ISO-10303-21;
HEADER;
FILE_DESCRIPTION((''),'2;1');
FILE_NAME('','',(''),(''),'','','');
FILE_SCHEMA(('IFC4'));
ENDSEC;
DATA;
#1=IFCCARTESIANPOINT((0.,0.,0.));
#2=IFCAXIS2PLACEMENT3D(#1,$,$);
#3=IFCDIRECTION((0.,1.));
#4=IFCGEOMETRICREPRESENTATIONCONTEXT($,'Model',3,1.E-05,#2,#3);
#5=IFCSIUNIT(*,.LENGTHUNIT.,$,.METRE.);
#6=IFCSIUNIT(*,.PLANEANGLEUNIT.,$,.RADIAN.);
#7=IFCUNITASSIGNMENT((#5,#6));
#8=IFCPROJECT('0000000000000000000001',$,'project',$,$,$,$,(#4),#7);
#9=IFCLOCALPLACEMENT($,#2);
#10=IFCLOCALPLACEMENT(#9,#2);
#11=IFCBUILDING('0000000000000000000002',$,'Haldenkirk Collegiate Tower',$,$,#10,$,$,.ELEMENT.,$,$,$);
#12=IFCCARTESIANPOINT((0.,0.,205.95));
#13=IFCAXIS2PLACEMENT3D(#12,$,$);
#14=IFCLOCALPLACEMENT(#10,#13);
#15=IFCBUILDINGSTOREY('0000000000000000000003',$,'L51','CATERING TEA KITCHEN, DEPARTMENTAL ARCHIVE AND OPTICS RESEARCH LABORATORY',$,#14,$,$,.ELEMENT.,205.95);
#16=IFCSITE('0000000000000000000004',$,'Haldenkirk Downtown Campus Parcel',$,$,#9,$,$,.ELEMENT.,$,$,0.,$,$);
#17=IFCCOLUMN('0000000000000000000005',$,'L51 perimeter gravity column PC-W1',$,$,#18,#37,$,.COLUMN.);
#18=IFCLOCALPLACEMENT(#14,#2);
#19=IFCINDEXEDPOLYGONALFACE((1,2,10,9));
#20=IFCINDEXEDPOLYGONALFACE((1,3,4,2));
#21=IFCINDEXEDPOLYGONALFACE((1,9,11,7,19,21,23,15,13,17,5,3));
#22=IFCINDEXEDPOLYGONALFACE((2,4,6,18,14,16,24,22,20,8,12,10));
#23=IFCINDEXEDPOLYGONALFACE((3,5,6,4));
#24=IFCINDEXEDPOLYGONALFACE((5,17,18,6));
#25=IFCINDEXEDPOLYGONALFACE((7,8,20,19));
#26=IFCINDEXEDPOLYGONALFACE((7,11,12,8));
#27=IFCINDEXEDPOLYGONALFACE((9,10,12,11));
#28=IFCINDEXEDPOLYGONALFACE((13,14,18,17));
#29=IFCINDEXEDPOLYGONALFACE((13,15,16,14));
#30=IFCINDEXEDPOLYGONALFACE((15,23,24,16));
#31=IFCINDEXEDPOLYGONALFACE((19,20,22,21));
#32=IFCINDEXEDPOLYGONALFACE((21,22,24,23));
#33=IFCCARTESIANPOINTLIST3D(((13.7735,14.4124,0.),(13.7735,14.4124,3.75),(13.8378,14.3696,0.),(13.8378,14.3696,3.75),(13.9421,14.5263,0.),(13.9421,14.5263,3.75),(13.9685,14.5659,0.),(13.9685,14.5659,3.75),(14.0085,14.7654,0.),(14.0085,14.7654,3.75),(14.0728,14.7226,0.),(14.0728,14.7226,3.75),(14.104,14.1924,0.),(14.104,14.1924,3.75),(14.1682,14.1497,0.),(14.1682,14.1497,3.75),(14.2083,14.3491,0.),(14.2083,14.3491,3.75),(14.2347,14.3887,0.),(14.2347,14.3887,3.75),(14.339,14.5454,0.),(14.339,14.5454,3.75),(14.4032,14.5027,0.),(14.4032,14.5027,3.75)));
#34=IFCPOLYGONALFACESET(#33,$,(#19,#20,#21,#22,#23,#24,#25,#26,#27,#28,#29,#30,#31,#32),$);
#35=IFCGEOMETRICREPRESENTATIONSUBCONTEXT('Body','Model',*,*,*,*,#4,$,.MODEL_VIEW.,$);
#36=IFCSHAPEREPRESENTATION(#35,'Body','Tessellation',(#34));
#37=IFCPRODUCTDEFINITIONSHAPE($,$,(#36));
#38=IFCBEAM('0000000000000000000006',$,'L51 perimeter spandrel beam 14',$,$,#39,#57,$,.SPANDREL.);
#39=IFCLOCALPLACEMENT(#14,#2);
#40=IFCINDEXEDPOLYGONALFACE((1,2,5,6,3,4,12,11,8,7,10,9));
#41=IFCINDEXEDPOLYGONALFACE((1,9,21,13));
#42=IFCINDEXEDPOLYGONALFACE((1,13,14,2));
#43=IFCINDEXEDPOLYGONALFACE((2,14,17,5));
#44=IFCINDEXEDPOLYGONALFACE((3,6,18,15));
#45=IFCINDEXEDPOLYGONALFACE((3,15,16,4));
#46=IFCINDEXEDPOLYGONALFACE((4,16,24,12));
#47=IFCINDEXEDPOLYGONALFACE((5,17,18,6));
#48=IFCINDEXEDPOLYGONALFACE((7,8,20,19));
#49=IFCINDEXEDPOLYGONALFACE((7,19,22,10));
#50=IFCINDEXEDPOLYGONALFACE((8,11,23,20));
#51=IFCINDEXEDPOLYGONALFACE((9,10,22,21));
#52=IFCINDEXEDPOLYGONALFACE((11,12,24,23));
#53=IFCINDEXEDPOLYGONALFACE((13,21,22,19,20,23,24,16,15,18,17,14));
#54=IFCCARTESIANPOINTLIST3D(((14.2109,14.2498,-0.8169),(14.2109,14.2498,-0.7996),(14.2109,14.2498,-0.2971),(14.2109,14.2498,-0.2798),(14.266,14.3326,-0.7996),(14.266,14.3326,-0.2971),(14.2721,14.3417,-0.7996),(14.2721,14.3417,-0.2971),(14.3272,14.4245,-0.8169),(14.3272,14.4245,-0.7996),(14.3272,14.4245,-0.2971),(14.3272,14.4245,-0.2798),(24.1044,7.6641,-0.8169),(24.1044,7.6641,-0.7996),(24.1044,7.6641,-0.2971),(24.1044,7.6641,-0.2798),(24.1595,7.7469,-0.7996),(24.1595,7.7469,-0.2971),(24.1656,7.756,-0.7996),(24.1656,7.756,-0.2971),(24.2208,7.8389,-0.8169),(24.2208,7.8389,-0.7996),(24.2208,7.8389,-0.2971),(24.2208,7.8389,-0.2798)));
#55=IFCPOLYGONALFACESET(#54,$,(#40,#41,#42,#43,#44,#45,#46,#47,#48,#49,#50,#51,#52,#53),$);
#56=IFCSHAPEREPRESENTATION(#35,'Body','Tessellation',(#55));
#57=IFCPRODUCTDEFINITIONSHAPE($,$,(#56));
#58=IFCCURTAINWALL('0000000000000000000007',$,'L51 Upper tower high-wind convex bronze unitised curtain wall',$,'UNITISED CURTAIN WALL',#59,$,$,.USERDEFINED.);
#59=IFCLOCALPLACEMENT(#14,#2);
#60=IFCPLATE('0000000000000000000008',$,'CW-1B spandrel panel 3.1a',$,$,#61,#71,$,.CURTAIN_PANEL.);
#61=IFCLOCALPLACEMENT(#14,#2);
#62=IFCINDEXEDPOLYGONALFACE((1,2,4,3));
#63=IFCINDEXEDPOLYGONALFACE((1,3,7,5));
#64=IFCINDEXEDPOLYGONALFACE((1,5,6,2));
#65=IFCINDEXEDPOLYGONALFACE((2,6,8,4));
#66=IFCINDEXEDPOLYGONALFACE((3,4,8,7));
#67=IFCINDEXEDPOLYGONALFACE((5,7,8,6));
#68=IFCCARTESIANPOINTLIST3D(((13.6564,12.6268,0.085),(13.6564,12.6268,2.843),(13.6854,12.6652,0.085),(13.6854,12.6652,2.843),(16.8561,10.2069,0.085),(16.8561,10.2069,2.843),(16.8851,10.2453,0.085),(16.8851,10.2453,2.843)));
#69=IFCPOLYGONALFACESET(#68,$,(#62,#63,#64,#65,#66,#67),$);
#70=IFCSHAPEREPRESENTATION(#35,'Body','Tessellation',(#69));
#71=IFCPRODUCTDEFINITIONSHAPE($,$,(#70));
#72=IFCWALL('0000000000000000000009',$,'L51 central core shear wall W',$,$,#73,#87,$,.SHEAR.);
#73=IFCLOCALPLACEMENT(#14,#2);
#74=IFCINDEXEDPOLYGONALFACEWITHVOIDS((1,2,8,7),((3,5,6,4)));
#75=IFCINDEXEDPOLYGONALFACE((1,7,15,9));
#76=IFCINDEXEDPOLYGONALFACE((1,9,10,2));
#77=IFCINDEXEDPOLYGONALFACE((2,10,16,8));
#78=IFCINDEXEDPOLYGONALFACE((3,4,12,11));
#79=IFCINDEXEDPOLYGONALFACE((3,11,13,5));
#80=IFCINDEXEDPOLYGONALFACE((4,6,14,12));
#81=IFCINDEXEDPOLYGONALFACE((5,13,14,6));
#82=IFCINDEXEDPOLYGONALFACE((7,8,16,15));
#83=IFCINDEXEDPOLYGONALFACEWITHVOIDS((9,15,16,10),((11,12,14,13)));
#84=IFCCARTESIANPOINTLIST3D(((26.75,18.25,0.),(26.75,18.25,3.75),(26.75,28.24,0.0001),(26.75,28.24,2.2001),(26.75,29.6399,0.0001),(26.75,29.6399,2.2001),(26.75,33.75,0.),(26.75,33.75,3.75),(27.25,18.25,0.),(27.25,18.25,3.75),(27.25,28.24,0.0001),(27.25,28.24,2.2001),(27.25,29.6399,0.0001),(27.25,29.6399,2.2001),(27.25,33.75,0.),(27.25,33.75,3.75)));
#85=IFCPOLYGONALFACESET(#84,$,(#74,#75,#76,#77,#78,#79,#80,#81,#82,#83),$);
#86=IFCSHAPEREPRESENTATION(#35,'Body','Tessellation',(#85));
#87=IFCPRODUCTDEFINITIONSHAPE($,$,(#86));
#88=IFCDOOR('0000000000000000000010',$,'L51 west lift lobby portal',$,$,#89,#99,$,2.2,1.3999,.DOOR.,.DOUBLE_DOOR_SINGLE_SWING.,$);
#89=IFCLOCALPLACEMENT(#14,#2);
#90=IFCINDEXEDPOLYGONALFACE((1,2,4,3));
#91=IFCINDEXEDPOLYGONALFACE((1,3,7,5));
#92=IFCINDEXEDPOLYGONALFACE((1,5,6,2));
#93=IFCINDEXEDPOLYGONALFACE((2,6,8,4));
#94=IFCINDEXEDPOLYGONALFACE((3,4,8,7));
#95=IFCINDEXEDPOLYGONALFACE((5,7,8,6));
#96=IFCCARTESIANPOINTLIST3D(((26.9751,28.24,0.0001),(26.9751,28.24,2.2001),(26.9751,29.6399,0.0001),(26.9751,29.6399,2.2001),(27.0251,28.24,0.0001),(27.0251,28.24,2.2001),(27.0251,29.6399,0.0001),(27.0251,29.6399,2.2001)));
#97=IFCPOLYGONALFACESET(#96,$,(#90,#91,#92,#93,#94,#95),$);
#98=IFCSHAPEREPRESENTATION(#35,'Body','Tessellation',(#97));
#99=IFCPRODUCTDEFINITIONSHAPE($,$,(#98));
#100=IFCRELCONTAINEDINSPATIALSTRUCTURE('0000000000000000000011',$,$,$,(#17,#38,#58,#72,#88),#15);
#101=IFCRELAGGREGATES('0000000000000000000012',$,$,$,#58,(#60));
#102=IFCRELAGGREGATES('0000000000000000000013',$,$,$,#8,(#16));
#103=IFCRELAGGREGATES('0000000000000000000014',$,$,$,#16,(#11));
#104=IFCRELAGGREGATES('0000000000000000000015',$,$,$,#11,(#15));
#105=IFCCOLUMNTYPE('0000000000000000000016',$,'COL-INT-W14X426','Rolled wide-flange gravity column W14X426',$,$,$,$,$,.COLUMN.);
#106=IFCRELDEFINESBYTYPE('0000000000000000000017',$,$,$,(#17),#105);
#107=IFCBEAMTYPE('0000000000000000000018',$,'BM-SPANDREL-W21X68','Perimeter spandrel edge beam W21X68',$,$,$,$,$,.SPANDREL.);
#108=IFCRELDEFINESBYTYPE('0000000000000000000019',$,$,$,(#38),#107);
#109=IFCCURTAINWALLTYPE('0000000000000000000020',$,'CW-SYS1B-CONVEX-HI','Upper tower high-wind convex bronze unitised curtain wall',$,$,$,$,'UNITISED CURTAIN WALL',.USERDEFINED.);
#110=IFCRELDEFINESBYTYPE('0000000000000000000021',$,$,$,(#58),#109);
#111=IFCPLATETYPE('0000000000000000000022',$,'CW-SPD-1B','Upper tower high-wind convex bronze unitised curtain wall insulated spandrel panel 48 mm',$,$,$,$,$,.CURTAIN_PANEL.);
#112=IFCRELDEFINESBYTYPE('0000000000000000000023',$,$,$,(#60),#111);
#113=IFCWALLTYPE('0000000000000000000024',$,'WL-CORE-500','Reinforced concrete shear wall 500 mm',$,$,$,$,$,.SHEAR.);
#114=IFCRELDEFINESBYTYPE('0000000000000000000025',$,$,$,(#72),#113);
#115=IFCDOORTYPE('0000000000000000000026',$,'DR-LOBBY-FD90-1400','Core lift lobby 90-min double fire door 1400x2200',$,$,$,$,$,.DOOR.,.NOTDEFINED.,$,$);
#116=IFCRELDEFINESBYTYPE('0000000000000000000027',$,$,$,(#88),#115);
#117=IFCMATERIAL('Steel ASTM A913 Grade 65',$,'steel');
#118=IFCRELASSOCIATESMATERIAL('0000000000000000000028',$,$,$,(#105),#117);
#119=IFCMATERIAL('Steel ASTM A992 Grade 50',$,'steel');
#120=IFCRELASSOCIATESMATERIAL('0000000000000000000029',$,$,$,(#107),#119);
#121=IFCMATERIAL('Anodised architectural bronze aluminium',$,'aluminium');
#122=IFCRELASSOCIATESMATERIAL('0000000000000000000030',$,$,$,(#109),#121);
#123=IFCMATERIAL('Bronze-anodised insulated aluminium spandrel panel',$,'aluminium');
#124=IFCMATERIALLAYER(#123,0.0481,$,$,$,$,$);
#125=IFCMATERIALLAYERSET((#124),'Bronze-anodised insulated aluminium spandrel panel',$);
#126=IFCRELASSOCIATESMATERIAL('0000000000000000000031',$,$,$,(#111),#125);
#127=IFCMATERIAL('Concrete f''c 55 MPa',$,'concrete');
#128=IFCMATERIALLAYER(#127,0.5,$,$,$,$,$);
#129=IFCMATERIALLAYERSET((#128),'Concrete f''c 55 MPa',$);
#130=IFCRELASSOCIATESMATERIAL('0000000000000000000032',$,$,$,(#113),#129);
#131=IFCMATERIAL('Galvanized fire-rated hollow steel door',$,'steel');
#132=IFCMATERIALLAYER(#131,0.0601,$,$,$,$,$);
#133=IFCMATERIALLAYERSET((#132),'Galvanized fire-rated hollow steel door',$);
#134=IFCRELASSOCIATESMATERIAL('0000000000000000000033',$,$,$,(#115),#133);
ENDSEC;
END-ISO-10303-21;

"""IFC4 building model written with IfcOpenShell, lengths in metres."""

from ifc_helpers import new_model, si_unit, direction, frame, frame_2d, origin, origin_2d, place, context, subcontext, project, spatial, rectangle, i_section, extrude, source, transform, mapped, material, layer, layer_set, material_profile, profile_set, type_object, element, fill, aggregate, save


model = new_model("IFC4")

# Units and contexts
model_context = context("Model", 3, precision=1e-05, world=origin(), true_north=direction((0.0, 1.0)))
body_context = subcontext(model_context, "Body", "Model", "MODEL_VIEW")
ifc_project = project(units=[si_unit("LENGTHUNIT", "METRE"), si_unit("PLANEANGLEUNIT", "RADIAN")], contexts=[model_context])

# Site, building, storey
site_placement = place(None, origin())
site = spatial("IfcSite", under=ifc_project, at=site_placement, Name="Haldenkirk Downtown Campus Parcel", CompositionType="ELEMENT", RefElevation=0.0)
building_placement = place(site_placement, origin())
building = spatial("IfcBuilding", under=site, at=building_placement, Name="Haldenkirk Collegiate Tower", CompositionType="ELEMENT")
storey_placement = place(building_placement, frame((0.0, 0.0, 205.95)))
storey = spatial("IfcBuildingStorey", under=building, at=storey_placement, Name="L51", Description="CATERING TEA KITCHEN, DEPARTMENTAL ARCHIVE AND OPTICS RESEARCH LABORATORY", CompositionType="ELEMENT", Elevation=205.95)

# Column
ifc_material_1 = material(Name="Steel ASTM A913 Grade 65", Category="steel")
ifc_material_profile_1 = material_profile(ifc_material_1, i_section(OverallWidth=0.4241, OverallDepth=0.4741, WebThickness=0.0476, FlangeThickness=0.0771, at=origin_2d()), Name="W14X426")
ifc_profile_set_1 = profile_set([ifc_material_profile_1], Name="Steel ASTM A913 Grade 65")
column_type = type_object("IfcColumnType", Name="COL-INT-W14X426", Description="Rolled wide-flange gravity column W14X426", PredefinedType="COLUMN", material=ifc_profile_set_1)
column_placement = place(storey_placement, frame((14.0884, 14.4575, 0.0), z_axis=(0.0, 0.0, 1.0), x_axis=(0.554118, 0.832438, 0.0)))
element("IfcColumn", 1, at=column_placement, inside=storey, type_object=column_type, Name="L51 perimeter gravity column PC-W1", PredefinedType="COLUMN", context=body_context, shape_type="SweptSolid", body=[
    extrude(i_section(OverallWidth=0.4241, OverallDepth=0.4741, WebThickness=0.0476, FlangeThickness=0.0771, at=origin_2d()), origin(), (0.0, 0.0, 1.0), 3.75),
])

# Beam
ifc_material_2 = material(Name="Steel ASTM A992 Grade 50", Category="steel")
ifc_material_profile_2 = material_profile(ifc_material_2, i_section(OverallWidth=0.21, OverallDepth=0.5371, WebThickness=0.011, FlangeThickness=0.0173, at=origin_2d()), Name="W21X68")
ifc_profile_set_2 = profile_set([ifc_material_profile_2], Name="Steel ASTM A992 Grade 50")
beam_type = type_object("IfcBeamType", Name="BM-SPANDREL-W21X68", Description="Perimeter spandrel edge beam W21X68", PredefinedType="SPANDREL", material=ifc_profile_set_2)
beam_placement = place(storey_placement, frame((14.269, 14.3372, -0.5483), z_axis=(0.832439, -0.554117, 0.0), x_axis=(0.554117, 0.832439, 0.0)))
element("IfcBeam", 2, at=beam_placement, inside=storey, type_object=beam_type, Name="L51 perimeter spandrel beam 14", PredefinedType="SPANDREL", context=body_context, shape_type="SweptSolid", body=[
    extrude(i_section(OverallWidth=0.21, OverallDepth=0.5371, WebThickness=0.011, FlangeThickness=0.0173, at=origin_2d()), origin(), (0.0, 0.0, 1.0), 11.885),
])

# Curtain wall, plate
ifc_material_3 = material(Name="Anodised architectural bronze aluminium", Category="aluminium")
curtain_wall_type = type_object("IfcCurtainWallType", Name="CW-SYS1B-CONVEX-HI", Description="Upper tower high-wind convex bronze unitised curtain wall", ElementType="UNITISED CURTAIN WALL", PredefinedType="USERDEFINED", material=ifc_material_3)
curtain_wall_placement = place(storey_placement, origin())
curtain_wall = element("IfcCurtainWall", 3, at=curtain_wall_placement, inside=storey, type_object=curtain_wall_type, Name="L51 Upper tower high-wind convex bronze unitised curtain wall", ObjectType="UNITISED CURTAIN WALL", PredefinedType="USERDEFINED")
ifc_material_4 = material(Name="Bronze-anodised insulated aluminium spandrel panel", Category="aluminium")
ifc_layer_1 = layer(ifc_material_4, 0.0481)
ifc_layer_set_1 = layer_set([ifc_layer_1], Name="Bronze-anodised insulated aluminium spandrel panel")
plate_type = type_object("IfcPlateType", Name="CW-SPD-1B", Description="Upper tower high-wind convex bronze unitised curtain wall insulated spandrel panel 48 mm", PredefinedType="CURTAIN_PANEL", material=ifc_layer_set_1)
shared_shape = source(origin(), body_context, "Body", "SweptSolid", [
    extrude(rectangle(XDim=4.0117, YDim=0.0481, at=origin_2d()), origin(), (0.0, 0.0, 1.0), 2.7581),
])
plate_placement = place(storey_placement, frame((15.2708, 11.436, 0.085), z_axis=(0.0, 0.0, 1.0), x_axis=(-0.797584, 0.603207, 0.0)))
plate = element("IfcPlate", 4, at=plate_placement, type_object=plate_type, Name="CW-1B spandrel panel 3.1a", PredefinedType="CURTAIN_PANEL", context=body_context, shape_type="MappedRepresentation", body=[
    mapped(shared_shape, transform((0.0, 0.0, 0.0), x_axis=(1.0, 0.0, 0.0), y_axis=(0.0, 1.0, 0.0), z_axis=(0.0, 0.0, 1.0), scale=1.0)),
])
aggregate(curtain_wall, [plate])

# Shared definitions
ifc_material_5 = material(Name="Concrete f'c 55 MPa", Category="concrete")
ifc_layer_2 = layer(ifc_material_5, 0.5)
ifc_layer_set_2 = layer_set([ifc_layer_2], Name="Concrete f'c 55 MPa")
wall_type_1 = type_object("IfcWallType", Name="WL-CORE-500", Description="Reinforced concrete shear wall 500 mm", PredefinedType="SHEAR", material=ifc_layer_set_2)
ifc_material_6 = material(Name="Galvanized fire-rated hollow steel door", Category="steel")

# Wall, opening, door
wall_1_placement = place(storey_placement, frame((27.0, 18.25, 0.0), z_axis=(0.0, 0.0, 1.0), x_axis=(0.0, 1.0, 0.0)))
wall_1 = element("IfcWall", 5, at=wall_1_placement, inside=storey, type_object=wall_type_1, Name="L51 central core shear wall W", PredefinedType="SHEAR", context=body_context, shape_type="SweptSolid", body=[
    extrude(rectangle(XDim=15.5, YDim=0.5, at=frame_2d((7.75, 0.0))), origin(), (0.0, 0.0, 1.0), 3.75),
])
opening_1_placement = place(wall_1_placement, frame((9.99, 0.0, 0.0)))
opening_1 = element("IfcOpeningElement", 6, at=opening_1_placement, cuts=wall_1, PredefinedType="OPENING", context=body_context, shape_type="SweptSolid", body=[
    extrude(rectangle(XDim=1.3999, YDim=2.2, at=frame_2d((0.7, 1.1001))), frame((0.0, 0.26, 0.0), z_axis=(0.0, -1.0, 0.0), x_axis=(1.0, 0.0, 0.0)), (0.0, 0.0, 1.0), 0.52),
])
ifc_layer_3 = layer(ifc_material_6, 0.0601)
ifc_layer_set_3 = layer_set([ifc_layer_3], Name="Galvanized fire-rated hollow steel door")
door_type_1 = type_object("IfcDoorType", Name="DR-LOBBY-FD90-1400", Description="Core lift lobby 90-min double fire door 1400x2200", OperationType="NOTDEFINED", PredefinedType="DOOR", material=ifc_layer_set_3)
door_1_placement = place(opening_1_placement, origin())
door_1 = element("IfcDoor", 7, at=door_1_placement, inside=storey, type_object=door_type_1, Name="L51 west lift lobby portal", OperationType="DOUBLE_DOOR_SINGLE_SWING", OverallHeight=2.2, OverallWidth=1.3999, PredefinedType="DOOR", context=body_context, shape_type="SweptSolid", body=[
    extrude(rectangle(XDim=1.3999, YDim=2.2, at=frame_2d((0.7, 1.1001))), frame((0.0, 0.0249, 0.0), z_axis=(0.0, -1.0, 0.0), x_axis=(1.0, 0.0, 0.0)), (0.0, 0.0, 1.0), 0.05),
])
fill(opening_1, door_1)

save(model, "model.ifc")
